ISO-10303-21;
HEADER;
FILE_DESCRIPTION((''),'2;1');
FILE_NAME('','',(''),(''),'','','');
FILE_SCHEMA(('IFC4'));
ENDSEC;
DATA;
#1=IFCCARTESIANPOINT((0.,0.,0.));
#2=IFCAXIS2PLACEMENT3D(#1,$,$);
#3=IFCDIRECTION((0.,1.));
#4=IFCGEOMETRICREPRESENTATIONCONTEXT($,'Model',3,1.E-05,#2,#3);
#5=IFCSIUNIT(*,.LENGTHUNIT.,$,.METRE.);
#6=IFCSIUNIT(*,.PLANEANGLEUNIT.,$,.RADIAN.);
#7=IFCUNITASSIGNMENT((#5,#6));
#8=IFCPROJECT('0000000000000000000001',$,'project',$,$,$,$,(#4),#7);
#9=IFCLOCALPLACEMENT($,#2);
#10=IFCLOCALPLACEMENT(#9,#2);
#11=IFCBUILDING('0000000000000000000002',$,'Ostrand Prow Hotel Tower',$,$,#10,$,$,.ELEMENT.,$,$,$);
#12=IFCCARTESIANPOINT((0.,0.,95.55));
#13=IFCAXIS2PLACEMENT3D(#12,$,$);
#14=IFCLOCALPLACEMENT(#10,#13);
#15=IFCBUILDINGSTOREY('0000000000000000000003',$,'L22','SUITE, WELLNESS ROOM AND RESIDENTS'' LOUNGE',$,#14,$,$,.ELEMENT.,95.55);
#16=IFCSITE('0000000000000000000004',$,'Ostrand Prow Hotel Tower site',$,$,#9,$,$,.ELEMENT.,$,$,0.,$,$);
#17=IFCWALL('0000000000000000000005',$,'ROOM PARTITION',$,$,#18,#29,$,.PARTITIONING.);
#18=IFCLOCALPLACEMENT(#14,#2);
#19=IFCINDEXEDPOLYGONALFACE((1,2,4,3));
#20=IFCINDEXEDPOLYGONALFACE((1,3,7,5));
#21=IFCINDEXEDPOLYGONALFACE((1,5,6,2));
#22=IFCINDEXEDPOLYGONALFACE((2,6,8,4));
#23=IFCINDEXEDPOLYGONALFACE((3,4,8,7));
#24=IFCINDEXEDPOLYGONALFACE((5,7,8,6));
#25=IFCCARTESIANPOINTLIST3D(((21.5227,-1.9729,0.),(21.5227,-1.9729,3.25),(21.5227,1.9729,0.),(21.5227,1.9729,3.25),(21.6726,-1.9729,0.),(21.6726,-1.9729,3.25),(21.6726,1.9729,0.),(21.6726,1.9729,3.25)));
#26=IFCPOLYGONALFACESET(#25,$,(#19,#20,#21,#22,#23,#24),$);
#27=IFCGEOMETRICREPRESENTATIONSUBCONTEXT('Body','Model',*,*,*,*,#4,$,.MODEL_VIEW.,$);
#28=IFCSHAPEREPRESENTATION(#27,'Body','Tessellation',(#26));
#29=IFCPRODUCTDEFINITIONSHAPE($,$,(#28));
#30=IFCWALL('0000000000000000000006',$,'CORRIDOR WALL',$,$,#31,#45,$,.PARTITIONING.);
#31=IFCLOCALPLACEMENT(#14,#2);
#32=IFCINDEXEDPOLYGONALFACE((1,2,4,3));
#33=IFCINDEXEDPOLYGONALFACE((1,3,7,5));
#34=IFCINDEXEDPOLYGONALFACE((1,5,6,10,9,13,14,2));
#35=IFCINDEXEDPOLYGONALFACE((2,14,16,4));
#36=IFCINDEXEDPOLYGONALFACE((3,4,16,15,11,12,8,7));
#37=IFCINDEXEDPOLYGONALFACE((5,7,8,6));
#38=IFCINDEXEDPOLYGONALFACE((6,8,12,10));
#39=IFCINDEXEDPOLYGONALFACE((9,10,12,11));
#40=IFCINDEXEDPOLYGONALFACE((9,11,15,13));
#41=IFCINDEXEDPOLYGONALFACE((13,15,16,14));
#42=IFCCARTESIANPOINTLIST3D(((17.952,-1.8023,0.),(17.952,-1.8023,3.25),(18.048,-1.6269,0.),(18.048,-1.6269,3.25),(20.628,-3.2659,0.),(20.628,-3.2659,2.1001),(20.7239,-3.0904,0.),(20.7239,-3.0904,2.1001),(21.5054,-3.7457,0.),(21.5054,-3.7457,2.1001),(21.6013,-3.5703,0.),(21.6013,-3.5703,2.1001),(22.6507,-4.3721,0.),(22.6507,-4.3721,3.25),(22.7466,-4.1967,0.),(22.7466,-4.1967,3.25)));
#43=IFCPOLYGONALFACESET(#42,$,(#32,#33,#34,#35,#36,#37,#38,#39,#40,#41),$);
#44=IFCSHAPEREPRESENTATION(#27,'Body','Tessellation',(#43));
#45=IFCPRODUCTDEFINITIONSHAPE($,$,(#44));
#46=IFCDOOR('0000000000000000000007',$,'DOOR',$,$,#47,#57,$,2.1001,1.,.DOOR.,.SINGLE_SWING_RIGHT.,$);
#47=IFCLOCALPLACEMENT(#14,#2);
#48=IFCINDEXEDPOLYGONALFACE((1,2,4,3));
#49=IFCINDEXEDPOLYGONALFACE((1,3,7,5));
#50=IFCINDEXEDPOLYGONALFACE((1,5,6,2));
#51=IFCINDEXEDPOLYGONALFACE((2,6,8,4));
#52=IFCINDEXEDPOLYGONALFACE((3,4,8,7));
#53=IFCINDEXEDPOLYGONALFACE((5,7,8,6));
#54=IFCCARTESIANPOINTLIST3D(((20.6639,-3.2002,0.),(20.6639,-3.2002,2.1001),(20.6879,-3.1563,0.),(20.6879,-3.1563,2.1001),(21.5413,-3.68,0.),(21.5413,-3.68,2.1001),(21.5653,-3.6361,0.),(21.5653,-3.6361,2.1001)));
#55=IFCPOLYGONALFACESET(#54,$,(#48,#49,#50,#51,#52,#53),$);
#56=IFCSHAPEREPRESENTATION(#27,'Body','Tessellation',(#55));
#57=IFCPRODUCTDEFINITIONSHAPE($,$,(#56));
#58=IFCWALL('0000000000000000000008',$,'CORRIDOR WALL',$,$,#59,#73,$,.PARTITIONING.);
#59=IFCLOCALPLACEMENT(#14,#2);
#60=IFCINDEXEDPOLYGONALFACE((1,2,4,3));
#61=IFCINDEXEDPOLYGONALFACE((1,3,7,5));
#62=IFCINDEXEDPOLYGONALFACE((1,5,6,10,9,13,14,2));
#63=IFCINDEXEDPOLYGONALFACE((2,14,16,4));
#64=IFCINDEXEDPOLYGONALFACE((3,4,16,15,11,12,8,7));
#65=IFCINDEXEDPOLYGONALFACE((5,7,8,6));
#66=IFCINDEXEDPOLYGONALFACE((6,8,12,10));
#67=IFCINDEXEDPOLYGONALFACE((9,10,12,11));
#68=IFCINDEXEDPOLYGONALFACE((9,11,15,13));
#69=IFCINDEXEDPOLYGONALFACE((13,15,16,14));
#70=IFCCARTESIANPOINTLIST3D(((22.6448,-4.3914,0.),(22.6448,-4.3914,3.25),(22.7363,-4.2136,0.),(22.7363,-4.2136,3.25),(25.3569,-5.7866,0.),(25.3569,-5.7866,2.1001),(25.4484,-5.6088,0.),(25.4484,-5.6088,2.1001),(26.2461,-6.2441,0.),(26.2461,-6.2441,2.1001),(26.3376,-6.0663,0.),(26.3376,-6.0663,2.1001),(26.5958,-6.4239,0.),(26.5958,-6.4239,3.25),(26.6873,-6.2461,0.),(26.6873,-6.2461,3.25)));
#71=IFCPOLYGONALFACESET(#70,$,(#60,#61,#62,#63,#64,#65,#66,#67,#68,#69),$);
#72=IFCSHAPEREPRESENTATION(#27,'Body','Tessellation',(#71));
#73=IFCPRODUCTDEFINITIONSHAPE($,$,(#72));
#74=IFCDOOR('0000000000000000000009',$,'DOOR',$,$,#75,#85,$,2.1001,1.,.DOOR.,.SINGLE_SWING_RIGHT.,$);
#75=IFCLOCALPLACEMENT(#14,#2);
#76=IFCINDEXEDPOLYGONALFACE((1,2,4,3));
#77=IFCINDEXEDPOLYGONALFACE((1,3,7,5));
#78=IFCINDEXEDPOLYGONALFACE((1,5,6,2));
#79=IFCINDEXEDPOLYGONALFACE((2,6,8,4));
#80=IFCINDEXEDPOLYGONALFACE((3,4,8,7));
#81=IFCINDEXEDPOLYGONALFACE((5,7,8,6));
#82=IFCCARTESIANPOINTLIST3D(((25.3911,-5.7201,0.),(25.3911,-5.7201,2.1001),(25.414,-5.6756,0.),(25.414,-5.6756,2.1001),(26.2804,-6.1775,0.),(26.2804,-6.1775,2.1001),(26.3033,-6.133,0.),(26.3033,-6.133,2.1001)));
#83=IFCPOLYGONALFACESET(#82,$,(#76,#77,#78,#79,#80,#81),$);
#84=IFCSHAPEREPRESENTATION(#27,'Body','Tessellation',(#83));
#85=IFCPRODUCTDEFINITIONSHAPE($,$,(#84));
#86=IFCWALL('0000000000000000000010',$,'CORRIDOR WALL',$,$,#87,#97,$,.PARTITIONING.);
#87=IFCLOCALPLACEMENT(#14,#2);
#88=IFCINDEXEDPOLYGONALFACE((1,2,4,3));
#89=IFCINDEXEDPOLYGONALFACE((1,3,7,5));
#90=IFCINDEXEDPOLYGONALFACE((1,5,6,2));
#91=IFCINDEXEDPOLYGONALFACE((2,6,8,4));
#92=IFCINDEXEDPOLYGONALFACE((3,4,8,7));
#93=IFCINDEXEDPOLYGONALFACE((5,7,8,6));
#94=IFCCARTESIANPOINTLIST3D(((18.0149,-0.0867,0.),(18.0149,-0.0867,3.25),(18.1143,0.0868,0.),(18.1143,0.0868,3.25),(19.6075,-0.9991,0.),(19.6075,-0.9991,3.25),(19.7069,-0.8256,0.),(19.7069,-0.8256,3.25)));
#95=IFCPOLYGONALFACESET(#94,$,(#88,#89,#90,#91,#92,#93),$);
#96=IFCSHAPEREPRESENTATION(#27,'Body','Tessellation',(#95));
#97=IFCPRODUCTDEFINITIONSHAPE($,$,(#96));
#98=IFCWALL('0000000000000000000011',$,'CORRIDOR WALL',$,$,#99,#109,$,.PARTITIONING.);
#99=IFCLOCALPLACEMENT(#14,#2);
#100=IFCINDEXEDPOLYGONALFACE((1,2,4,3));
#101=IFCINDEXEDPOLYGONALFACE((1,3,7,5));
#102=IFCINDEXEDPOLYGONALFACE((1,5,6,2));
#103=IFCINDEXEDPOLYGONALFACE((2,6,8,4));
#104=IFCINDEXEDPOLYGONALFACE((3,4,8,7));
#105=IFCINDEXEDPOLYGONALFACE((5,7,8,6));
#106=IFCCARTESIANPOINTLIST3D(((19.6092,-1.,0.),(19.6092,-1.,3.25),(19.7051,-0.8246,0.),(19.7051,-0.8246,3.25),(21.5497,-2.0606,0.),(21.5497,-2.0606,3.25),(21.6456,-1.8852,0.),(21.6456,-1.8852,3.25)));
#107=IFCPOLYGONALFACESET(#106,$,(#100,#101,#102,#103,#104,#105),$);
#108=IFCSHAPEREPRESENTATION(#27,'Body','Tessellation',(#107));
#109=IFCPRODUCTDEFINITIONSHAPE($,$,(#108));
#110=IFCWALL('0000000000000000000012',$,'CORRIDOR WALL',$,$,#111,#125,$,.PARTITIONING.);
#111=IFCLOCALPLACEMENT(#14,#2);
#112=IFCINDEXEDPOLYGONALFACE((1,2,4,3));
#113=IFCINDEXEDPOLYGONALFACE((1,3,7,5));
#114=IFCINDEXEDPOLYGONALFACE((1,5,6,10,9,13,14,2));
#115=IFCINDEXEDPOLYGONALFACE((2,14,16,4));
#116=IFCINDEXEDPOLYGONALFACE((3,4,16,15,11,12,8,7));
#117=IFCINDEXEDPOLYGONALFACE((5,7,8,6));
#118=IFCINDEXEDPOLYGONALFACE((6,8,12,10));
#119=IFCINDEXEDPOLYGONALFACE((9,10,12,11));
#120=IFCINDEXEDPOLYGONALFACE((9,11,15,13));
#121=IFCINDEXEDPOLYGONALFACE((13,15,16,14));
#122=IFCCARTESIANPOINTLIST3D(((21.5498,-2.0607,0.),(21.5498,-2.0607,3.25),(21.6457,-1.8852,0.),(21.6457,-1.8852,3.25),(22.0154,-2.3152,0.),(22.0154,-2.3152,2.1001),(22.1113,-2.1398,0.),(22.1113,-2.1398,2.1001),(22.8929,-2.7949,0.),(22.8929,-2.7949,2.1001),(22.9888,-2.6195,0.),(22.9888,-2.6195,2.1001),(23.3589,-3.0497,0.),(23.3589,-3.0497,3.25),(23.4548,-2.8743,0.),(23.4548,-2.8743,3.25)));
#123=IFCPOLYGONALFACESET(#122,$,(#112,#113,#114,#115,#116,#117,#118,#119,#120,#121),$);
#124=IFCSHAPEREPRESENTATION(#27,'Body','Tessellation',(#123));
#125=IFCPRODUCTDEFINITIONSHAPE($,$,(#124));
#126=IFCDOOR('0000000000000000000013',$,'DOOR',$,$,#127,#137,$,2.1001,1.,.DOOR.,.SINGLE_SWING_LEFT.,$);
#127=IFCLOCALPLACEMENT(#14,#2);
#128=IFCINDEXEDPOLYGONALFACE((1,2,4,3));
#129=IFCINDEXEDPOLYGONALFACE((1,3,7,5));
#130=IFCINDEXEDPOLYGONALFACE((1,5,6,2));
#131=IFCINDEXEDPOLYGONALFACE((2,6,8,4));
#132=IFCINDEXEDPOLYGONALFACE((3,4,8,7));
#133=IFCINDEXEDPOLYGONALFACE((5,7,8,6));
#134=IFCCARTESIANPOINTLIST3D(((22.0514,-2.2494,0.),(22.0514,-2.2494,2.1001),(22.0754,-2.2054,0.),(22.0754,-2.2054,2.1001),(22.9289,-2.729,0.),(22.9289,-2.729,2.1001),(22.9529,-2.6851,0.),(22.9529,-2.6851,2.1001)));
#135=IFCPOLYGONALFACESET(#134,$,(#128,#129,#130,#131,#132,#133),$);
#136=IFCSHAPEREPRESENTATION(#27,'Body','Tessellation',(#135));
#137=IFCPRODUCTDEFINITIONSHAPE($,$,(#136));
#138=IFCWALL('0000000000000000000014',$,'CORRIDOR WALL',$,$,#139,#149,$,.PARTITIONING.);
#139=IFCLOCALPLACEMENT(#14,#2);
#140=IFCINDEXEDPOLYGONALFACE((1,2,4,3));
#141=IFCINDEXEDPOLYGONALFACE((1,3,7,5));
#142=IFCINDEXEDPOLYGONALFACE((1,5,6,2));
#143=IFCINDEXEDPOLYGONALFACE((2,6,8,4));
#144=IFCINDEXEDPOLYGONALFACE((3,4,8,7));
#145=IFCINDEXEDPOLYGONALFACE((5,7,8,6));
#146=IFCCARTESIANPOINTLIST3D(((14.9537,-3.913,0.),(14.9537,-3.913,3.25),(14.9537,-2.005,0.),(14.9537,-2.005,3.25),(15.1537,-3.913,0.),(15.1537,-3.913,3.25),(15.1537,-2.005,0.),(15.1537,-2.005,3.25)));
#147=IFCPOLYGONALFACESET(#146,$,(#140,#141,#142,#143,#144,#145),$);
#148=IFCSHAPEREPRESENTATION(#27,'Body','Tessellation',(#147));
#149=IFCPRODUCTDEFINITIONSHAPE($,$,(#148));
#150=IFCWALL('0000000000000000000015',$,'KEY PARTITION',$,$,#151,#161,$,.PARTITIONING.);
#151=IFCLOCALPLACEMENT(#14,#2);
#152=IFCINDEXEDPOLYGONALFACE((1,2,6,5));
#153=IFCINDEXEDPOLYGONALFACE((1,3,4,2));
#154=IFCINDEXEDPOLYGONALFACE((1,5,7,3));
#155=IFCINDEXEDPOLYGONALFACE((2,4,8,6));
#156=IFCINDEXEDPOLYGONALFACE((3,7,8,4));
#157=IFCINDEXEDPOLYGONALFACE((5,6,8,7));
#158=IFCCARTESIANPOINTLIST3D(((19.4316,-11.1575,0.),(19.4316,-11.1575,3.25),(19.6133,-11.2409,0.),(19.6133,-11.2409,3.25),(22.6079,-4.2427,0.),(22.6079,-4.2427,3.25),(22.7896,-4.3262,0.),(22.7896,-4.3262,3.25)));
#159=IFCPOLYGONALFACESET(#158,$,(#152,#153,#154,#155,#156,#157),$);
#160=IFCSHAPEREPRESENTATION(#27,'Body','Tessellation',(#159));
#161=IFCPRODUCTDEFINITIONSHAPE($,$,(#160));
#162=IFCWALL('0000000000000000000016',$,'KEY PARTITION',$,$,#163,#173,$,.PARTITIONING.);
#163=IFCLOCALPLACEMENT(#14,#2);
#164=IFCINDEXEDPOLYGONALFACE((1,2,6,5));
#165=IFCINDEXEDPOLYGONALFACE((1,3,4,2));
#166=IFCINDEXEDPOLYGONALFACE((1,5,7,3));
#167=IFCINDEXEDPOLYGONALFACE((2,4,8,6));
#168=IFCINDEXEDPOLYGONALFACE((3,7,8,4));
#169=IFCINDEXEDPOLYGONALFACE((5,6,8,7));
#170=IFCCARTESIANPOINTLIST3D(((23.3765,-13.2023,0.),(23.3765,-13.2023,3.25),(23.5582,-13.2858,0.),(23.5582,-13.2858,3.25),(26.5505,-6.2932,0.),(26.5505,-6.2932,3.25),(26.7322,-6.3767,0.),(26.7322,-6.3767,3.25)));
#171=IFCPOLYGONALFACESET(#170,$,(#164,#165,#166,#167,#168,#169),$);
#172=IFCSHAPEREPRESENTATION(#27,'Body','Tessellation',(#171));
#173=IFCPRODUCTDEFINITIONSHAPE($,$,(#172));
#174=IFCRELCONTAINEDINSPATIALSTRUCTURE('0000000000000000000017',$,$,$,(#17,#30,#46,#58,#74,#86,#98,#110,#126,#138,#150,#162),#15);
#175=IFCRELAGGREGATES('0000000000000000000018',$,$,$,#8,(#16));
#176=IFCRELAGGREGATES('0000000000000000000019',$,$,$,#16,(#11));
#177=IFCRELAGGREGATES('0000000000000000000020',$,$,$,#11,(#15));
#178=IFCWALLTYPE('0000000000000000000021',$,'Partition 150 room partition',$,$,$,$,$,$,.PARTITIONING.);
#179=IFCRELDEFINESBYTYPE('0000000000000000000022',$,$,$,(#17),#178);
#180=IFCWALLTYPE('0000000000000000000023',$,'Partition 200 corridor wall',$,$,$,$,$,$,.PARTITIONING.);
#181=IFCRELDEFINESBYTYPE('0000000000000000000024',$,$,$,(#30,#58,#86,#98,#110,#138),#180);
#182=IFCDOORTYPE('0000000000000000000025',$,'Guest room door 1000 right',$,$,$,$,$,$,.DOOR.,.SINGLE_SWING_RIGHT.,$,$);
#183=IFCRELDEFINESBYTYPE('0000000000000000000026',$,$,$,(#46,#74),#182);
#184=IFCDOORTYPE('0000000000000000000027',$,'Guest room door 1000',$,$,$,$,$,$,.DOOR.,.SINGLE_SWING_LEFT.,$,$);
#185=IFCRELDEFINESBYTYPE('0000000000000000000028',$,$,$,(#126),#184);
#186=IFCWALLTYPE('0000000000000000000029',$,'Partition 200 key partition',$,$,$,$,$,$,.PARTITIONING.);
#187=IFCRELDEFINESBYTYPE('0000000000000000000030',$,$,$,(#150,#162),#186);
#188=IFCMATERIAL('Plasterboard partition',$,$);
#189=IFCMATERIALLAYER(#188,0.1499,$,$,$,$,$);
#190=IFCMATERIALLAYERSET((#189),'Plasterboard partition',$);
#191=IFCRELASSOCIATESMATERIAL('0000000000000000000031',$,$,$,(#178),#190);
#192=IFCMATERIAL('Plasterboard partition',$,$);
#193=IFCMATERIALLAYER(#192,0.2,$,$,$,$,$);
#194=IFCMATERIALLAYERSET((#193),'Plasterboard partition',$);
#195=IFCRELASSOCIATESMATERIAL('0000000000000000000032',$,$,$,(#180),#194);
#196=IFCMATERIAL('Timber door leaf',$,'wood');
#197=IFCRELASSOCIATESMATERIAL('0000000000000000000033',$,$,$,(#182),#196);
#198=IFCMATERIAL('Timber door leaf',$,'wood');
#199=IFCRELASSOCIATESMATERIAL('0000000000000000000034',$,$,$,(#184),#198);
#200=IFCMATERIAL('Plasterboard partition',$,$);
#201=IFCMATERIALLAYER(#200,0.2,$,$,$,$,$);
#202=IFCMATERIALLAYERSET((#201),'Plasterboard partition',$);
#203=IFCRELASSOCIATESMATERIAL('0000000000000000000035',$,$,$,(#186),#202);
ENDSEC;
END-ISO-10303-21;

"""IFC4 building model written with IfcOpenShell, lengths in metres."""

from ifc_helpers import new_model, si_unit, direction, frame, frame_2d, origin, place, context, subcontext, project, spatial, rectangle, extrude, material, layer, layer_set, type_object, element, fill, save


model = new_model("IFC4")

# Units and contexts
model_context = context("Model", 3, precision=1e-05, world=origin(), true_north=direction((0.0, 1.0)))
body_context = subcontext(model_context, "Body", "Model", "MODEL_VIEW")
ifc_project = project(units=[si_unit("LENGTHUNIT", "METRE"), si_unit("PLANEANGLEUNIT", "RADIAN")], contexts=[model_context])

# Site, building, storey
site_placement = place(None, origin())
site = spatial("IfcSite", under=ifc_project, at=site_placement, Name="Ostrand Prow Hotel Tower site", CompositionType="ELEMENT", RefElevation=0.0)
building_placement = place(site_placement, origin())
building = spatial("IfcBuilding", under=site, at=building_placement, Name="Ostrand Prow Hotel Tower", CompositionType="ELEMENT")
storey_placement = place(building_placement, frame((0.0, 0.0, 95.55)))
storey = spatial("IfcBuildingStorey", under=building, at=storey_placement, Name="L22", Description="SUITE, WELLNESS ROOM AND RESIDENTS' LOUNGE", CompositionType="ELEMENT", Elevation=95.55)

# Wall
ifc_material_1 = material(Name="Plasterboard partition")
ifc_layer_1 = layer(ifc_material_1, 0.1499)
ifc_layer_set_1 = layer_set([ifc_layer_1], Name="Plasterboard partition")
wall_type_1 = type_object("IfcWallType", Name="Partition 150 room partition", PredefinedType="PARTITIONING", material=ifc_layer_set_1)
wall_1_placement = place(storey_placement, frame((21.5977, -1.9729, 0.0), z_axis=(0.0, 0.0, 1.0), x_axis=(0.0, 1.0, 0.0)))
element("IfcWall", 1, at=wall_1_placement, inside=storey, type_object=wall_type_1, Name="ROOM PARTITION", PredefinedType="PARTITIONING", context=body_context, shape_type="SweptSolid", body=[
    extrude(rectangle(XDim=3.9458, YDim=0.1499, at=frame_2d((1.9729, 0.0))), origin(), (0.0, 0.0, 1.0), 3.25),
])

# Walls, openings, doors
ifc_material_2 = material(Name="Plasterboard partition")
ifc_layer_2 = layer(ifc_material_2, 0.2)
ifc_layer_set_2 = layer_set([ifc_layer_2], Name="Plasterboard partition")
wall_type_2 = type_object("IfcWallType", Name="Partition 200 corridor wall", PredefinedType="PARTITIONING", material=ifc_layer_set_2)
wall_2_placement = place(storey_placement, frame((18.0, -1.7146, 0.0), z_axis=(0.0, 0.0, 1.0), x_axis=(0.877355, -0.479842, 0.0)))
wall_2 = element("IfcWall", 2, at=wall_2_placement, inside=storey, type_object=wall_type_2, Name="CORRIDOR WALL", PredefinedType="PARTITIONING", context=body_context, shape_type="SweptSolid", body=[
    extrude(rectangle(XDim=5.3555, YDim=0.2, at=frame_2d((2.6777, 0.0))), origin(), (0.0, 0.0, 1.0), 3.25),
])
opening_1_placement = place(wall_2_placement, frame((3.05, 0.0, 0.0)))
opening_1 = element("IfcOpeningElement", 3, at=opening_1_placement, cuts=wall_2, PredefinedType="OPENING", context=body_context, shape_type="SweptSolid", body=[
    extrude(rectangle(XDim=1.0, YDim=2.1001, at=frame_2d((0.5, 1.05))), frame((0.0, 0.1099, 0.0), z_axis=(0.0, -1.0, 0.0), x_axis=(1.0, 0.0, 0.0)), (0.0, 0.0, 1.0), 0.22),
])
ifc_material_3 = material(Name="Timber door leaf", Category="wood")
door_type_1 = type_object("IfcDoorType", Name="Guest room door 1000 right", OperationType="SINGLE_SWING_RIGHT", PredefinedType="DOOR", material=ifc_material_3)
door_1_placement = place(opening_1_placement, origin())
door_1 = element("IfcDoor", 4, at=door_1_placement, inside=storey, type_object=door_type_1, Name="DOOR", OperationType="SINGLE_SWING_RIGHT", OverallHeight=2.1001, OverallWidth=1.0, PredefinedType="DOOR", context=body_context, shape_type="SweptSolid", body=[
    extrude(rectangle(XDim=1.0, YDim=2.1001, at=frame_2d((0.5, 1.05))), frame((0.0, 0.0249, 0.0), z_axis=(0.0, -1.0, 0.0), x_axis=(1.0, 0.0, 0.0)), (0.0, 0.0, 1.0), 0.05),
])
fill(opening_1, door_1)
wall_3_placement = place(storey_placement, frame((22.6904, -4.3025, 0.0), z_axis=(0.0, 0.0, 1.0), x_axis=(0.889236, -0.457449, 0.0)))
wall_3 = element("IfcWall", 5, at=wall_3_placement, inside=storey, type_object=wall_type_2, Name="CORRIDOR WALL", PredefinedType="PARTITIONING", context=body_context, shape_type="SweptSolid", body=[
    extrude(rectangle(XDim=4.4431, YDim=0.2, at=frame_2d((2.2217, 0.0))), origin(), (0.0, 0.0, 1.0), 3.25),
])
opening_2_placement = place(wall_3_placement, frame((3.05, 0.0, 0.0)))
opening_2 = element("IfcOpeningElement", 6, at=opening_2_placement, cuts=wall_3, PredefinedType="OPENING", context=body_context, shape_type="SweptSolid", body=[
    extrude(rectangle(XDim=1.0, YDim=2.1001, at=frame_2d((0.5, 1.05))), frame((0.0, 0.1099, 0.0), z_axis=(0.0, -1.0, 0.0), x_axis=(1.0, 0.0, 0.0)), (0.0, 0.0, 1.0), 0.22),
])
door_2_placement = place(opening_2_placement, origin())
door_2 = element("IfcDoor", 7, at=door_2_placement, inside=storey, type_object=door_type_1, Name="DOOR", OperationType="SINGLE_SWING_RIGHT", OverallHeight=2.1001, OverallWidth=1.0, PredefinedType="DOOR", context=body_context, shape_type="SweptSolid", body=[
    extrude(rectangle(XDim=1.0, YDim=2.1001, at=frame_2d((0.5, 1.05))), frame((0.0, 0.0249, 0.0), z_axis=(0.0, -1.0, 0.0), x_axis=(1.0, 0.0, 0.0)), (0.0, 0.0, 1.0), 0.05),
])
fill(opening_2, door_2)

# Walls
wall_4_placement = place(storey_placement, frame((19.6572, -0.9124, 0.0), z_axis=(0.0, 0.0, 1.0), x_axis=(-0.867694, 0.497098, 0.0)))
element("IfcWall", 8, at=wall_4_placement, inside=storey, type_object=wall_type_2, Name="CORRIDOR WALL", PredefinedType="PARTITIONING", context=body_context, shape_type="SweptSolid", body=[
    extrude(rectangle(XDim=1.8354, YDim=0.2, at=frame_2d((0.9177, 0.0))), origin(), (0.0, 0.0, 1.0), 3.25),
])
wall_5_placement = place(storey_placement, frame((21.5977, -1.9729, 0.0), z_axis=(0.0, 0.0, 1.0), x_axis=(-0.87749, 0.479595, 0.0)))
element("IfcWall", 9, at=wall_5_placement, inside=storey, type_object=wall_type_2, Name="CORRIDOR WALL", PredefinedType="PARTITIONING", context=body_context, shape_type="SweptSolid", body=[
    extrude(rectangle(XDim=2.2114, YDim=0.2, at=frame_2d((1.1057, 0.0))), origin(), (0.0, 0.0, 1.0), 3.25),
])

# Wall, opening, door
wall_6_placement = place(storey_placement, frame((23.4067, -2.9619, 0.0), z_axis=(0.0, 0.0, 1.0), x_axis=(-0.877438, 0.47969, 0.0)))
wall_6 = element("IfcWall", 10, at=wall_6_placement, inside=storey, type_object=wall_type_2, Name="CORRIDOR WALL", PredefinedType="PARTITIONING", context=body_context, shape_type="SweptSolid", body=[
    extrude(rectangle(XDim=2.0618, YDim=0.2, at=frame_2d((1.0308, 0.0))), origin(), (0.0, 0.0, 1.0), 3.25),
])
opening_3_placement = place(wall_6_placement, frame((0.531, 0.0, 0.0)))
opening_3 = element("IfcOpeningElement", 11, at=opening_3_placement, cuts=wall_6, PredefinedType="OPENING", context=body_context, shape_type="SweptSolid", body=[
    extrude(rectangle(XDim=1.0, YDim=2.1001, at=frame_2d((0.5, 1.05))), frame((0.0, 0.1099, 0.0), z_axis=(0.0, -1.0, 0.0), x_axis=(1.0, 0.0, 0.0)), (0.0, 0.0, 1.0), 0.22),
])
ifc_material_4 = material(Name="Timber door leaf", Category="wood")
door_type_2 = type_object("IfcDoorType", Name="Guest room door 1000", OperationType="SINGLE_SWING_LEFT", PredefinedType="DOOR", material=ifc_material_4)
door_3_placement = place(opening_3_placement, origin())
door_3 = element("IfcDoor", 12, at=door_3_placement, inside=storey, type_object=door_type_2, Name="DOOR", OperationType="SINGLE_SWING_LEFT", OverallHeight=2.1001, OverallWidth=1.0, PredefinedType="DOOR", context=body_context, shape_type="SweptSolid", body=[
    extrude(rectangle(XDim=1.0, YDim=2.1001, at=frame_2d((0.5, 1.05))), frame((0.0, 0.0249, 0.0), z_axis=(0.0, -1.0, 0.0), x_axis=(1.0, 0.0, 0.0)), (0.0, 0.0, 1.0), 0.05),
])
fill(opening_3, door_3)

# Walls
wall_7_placement = place(storey_placement, frame((15.0537, -2.0049, 0.0), z_axis=(0.0, 0.0, 1.0), x_axis=(0.0, -1.0, 0.0)))
element("IfcWall", 13, at=wall_7_placement, inside=storey, type_object=wall_type_2, Name="CORRIDOR WALL", PredefinedType="PARTITIONING", context=body_context, shape_type="SweptSolid", body=[
    extrude(rectangle(XDim=1.908, YDim=0.2, at=frame_2d((0.9541, 0.0))), origin(), (0.0, 0.0, 1.0), 3.25),
])
ifc_material_5 = material(Name="Plasterboard partition")
ifc_layer_3 = layer(ifc_material_5, 0.2)
ifc_layer_set_3 = layer_set([ifc_layer_3], Name="Plasterboard partition")
wall_type_3 = type_object("IfcWallType", Name="Partition 200 key partition", PredefinedType="PARTITIONING", material=ifc_layer_set_3)
wall_8_placement = place(storey_placement, frame((19.5225, -11.1992, 0.0), z_axis=(0.0, 0.0, 1.0), x_axis=(0.417414, 0.908717, 0.0)))
element("IfcWall", 14, at=wall_8_placement, inside=storey, type_object=wall_type_3, Name="KEY PARTITION", PredefinedType="PARTITIONING", context=body_context, shape_type="SweptSolid", body=[
    extrude(rectangle(XDim=7.6094, YDim=0.2, at=frame_2d((3.8047, 0.0))), origin(), (0.0, 0.0, 1.0), 3.25),
])
wall_9_placement = place(storey_placement, frame((23.4673, -13.2441, 0.0), z_axis=(0.0, 0.0, 1.0), x_axis=(0.417455, 0.908698, 0.0)))
element("IfcWall", 15, at=wall_9_placement, inside=storey, type_object=wall_type_3, Name="KEY PARTITION", PredefinedType="PARTITIONING", context=body_context, shape_type="SweptSolid", body=[
    extrude(rectangle(XDim=7.6033, YDim=0.2, at=frame_2d((3.8018, 0.0))), origin(), (0.0, 0.0, 1.0), 3.25),
])

save(model, "model.ifc")
